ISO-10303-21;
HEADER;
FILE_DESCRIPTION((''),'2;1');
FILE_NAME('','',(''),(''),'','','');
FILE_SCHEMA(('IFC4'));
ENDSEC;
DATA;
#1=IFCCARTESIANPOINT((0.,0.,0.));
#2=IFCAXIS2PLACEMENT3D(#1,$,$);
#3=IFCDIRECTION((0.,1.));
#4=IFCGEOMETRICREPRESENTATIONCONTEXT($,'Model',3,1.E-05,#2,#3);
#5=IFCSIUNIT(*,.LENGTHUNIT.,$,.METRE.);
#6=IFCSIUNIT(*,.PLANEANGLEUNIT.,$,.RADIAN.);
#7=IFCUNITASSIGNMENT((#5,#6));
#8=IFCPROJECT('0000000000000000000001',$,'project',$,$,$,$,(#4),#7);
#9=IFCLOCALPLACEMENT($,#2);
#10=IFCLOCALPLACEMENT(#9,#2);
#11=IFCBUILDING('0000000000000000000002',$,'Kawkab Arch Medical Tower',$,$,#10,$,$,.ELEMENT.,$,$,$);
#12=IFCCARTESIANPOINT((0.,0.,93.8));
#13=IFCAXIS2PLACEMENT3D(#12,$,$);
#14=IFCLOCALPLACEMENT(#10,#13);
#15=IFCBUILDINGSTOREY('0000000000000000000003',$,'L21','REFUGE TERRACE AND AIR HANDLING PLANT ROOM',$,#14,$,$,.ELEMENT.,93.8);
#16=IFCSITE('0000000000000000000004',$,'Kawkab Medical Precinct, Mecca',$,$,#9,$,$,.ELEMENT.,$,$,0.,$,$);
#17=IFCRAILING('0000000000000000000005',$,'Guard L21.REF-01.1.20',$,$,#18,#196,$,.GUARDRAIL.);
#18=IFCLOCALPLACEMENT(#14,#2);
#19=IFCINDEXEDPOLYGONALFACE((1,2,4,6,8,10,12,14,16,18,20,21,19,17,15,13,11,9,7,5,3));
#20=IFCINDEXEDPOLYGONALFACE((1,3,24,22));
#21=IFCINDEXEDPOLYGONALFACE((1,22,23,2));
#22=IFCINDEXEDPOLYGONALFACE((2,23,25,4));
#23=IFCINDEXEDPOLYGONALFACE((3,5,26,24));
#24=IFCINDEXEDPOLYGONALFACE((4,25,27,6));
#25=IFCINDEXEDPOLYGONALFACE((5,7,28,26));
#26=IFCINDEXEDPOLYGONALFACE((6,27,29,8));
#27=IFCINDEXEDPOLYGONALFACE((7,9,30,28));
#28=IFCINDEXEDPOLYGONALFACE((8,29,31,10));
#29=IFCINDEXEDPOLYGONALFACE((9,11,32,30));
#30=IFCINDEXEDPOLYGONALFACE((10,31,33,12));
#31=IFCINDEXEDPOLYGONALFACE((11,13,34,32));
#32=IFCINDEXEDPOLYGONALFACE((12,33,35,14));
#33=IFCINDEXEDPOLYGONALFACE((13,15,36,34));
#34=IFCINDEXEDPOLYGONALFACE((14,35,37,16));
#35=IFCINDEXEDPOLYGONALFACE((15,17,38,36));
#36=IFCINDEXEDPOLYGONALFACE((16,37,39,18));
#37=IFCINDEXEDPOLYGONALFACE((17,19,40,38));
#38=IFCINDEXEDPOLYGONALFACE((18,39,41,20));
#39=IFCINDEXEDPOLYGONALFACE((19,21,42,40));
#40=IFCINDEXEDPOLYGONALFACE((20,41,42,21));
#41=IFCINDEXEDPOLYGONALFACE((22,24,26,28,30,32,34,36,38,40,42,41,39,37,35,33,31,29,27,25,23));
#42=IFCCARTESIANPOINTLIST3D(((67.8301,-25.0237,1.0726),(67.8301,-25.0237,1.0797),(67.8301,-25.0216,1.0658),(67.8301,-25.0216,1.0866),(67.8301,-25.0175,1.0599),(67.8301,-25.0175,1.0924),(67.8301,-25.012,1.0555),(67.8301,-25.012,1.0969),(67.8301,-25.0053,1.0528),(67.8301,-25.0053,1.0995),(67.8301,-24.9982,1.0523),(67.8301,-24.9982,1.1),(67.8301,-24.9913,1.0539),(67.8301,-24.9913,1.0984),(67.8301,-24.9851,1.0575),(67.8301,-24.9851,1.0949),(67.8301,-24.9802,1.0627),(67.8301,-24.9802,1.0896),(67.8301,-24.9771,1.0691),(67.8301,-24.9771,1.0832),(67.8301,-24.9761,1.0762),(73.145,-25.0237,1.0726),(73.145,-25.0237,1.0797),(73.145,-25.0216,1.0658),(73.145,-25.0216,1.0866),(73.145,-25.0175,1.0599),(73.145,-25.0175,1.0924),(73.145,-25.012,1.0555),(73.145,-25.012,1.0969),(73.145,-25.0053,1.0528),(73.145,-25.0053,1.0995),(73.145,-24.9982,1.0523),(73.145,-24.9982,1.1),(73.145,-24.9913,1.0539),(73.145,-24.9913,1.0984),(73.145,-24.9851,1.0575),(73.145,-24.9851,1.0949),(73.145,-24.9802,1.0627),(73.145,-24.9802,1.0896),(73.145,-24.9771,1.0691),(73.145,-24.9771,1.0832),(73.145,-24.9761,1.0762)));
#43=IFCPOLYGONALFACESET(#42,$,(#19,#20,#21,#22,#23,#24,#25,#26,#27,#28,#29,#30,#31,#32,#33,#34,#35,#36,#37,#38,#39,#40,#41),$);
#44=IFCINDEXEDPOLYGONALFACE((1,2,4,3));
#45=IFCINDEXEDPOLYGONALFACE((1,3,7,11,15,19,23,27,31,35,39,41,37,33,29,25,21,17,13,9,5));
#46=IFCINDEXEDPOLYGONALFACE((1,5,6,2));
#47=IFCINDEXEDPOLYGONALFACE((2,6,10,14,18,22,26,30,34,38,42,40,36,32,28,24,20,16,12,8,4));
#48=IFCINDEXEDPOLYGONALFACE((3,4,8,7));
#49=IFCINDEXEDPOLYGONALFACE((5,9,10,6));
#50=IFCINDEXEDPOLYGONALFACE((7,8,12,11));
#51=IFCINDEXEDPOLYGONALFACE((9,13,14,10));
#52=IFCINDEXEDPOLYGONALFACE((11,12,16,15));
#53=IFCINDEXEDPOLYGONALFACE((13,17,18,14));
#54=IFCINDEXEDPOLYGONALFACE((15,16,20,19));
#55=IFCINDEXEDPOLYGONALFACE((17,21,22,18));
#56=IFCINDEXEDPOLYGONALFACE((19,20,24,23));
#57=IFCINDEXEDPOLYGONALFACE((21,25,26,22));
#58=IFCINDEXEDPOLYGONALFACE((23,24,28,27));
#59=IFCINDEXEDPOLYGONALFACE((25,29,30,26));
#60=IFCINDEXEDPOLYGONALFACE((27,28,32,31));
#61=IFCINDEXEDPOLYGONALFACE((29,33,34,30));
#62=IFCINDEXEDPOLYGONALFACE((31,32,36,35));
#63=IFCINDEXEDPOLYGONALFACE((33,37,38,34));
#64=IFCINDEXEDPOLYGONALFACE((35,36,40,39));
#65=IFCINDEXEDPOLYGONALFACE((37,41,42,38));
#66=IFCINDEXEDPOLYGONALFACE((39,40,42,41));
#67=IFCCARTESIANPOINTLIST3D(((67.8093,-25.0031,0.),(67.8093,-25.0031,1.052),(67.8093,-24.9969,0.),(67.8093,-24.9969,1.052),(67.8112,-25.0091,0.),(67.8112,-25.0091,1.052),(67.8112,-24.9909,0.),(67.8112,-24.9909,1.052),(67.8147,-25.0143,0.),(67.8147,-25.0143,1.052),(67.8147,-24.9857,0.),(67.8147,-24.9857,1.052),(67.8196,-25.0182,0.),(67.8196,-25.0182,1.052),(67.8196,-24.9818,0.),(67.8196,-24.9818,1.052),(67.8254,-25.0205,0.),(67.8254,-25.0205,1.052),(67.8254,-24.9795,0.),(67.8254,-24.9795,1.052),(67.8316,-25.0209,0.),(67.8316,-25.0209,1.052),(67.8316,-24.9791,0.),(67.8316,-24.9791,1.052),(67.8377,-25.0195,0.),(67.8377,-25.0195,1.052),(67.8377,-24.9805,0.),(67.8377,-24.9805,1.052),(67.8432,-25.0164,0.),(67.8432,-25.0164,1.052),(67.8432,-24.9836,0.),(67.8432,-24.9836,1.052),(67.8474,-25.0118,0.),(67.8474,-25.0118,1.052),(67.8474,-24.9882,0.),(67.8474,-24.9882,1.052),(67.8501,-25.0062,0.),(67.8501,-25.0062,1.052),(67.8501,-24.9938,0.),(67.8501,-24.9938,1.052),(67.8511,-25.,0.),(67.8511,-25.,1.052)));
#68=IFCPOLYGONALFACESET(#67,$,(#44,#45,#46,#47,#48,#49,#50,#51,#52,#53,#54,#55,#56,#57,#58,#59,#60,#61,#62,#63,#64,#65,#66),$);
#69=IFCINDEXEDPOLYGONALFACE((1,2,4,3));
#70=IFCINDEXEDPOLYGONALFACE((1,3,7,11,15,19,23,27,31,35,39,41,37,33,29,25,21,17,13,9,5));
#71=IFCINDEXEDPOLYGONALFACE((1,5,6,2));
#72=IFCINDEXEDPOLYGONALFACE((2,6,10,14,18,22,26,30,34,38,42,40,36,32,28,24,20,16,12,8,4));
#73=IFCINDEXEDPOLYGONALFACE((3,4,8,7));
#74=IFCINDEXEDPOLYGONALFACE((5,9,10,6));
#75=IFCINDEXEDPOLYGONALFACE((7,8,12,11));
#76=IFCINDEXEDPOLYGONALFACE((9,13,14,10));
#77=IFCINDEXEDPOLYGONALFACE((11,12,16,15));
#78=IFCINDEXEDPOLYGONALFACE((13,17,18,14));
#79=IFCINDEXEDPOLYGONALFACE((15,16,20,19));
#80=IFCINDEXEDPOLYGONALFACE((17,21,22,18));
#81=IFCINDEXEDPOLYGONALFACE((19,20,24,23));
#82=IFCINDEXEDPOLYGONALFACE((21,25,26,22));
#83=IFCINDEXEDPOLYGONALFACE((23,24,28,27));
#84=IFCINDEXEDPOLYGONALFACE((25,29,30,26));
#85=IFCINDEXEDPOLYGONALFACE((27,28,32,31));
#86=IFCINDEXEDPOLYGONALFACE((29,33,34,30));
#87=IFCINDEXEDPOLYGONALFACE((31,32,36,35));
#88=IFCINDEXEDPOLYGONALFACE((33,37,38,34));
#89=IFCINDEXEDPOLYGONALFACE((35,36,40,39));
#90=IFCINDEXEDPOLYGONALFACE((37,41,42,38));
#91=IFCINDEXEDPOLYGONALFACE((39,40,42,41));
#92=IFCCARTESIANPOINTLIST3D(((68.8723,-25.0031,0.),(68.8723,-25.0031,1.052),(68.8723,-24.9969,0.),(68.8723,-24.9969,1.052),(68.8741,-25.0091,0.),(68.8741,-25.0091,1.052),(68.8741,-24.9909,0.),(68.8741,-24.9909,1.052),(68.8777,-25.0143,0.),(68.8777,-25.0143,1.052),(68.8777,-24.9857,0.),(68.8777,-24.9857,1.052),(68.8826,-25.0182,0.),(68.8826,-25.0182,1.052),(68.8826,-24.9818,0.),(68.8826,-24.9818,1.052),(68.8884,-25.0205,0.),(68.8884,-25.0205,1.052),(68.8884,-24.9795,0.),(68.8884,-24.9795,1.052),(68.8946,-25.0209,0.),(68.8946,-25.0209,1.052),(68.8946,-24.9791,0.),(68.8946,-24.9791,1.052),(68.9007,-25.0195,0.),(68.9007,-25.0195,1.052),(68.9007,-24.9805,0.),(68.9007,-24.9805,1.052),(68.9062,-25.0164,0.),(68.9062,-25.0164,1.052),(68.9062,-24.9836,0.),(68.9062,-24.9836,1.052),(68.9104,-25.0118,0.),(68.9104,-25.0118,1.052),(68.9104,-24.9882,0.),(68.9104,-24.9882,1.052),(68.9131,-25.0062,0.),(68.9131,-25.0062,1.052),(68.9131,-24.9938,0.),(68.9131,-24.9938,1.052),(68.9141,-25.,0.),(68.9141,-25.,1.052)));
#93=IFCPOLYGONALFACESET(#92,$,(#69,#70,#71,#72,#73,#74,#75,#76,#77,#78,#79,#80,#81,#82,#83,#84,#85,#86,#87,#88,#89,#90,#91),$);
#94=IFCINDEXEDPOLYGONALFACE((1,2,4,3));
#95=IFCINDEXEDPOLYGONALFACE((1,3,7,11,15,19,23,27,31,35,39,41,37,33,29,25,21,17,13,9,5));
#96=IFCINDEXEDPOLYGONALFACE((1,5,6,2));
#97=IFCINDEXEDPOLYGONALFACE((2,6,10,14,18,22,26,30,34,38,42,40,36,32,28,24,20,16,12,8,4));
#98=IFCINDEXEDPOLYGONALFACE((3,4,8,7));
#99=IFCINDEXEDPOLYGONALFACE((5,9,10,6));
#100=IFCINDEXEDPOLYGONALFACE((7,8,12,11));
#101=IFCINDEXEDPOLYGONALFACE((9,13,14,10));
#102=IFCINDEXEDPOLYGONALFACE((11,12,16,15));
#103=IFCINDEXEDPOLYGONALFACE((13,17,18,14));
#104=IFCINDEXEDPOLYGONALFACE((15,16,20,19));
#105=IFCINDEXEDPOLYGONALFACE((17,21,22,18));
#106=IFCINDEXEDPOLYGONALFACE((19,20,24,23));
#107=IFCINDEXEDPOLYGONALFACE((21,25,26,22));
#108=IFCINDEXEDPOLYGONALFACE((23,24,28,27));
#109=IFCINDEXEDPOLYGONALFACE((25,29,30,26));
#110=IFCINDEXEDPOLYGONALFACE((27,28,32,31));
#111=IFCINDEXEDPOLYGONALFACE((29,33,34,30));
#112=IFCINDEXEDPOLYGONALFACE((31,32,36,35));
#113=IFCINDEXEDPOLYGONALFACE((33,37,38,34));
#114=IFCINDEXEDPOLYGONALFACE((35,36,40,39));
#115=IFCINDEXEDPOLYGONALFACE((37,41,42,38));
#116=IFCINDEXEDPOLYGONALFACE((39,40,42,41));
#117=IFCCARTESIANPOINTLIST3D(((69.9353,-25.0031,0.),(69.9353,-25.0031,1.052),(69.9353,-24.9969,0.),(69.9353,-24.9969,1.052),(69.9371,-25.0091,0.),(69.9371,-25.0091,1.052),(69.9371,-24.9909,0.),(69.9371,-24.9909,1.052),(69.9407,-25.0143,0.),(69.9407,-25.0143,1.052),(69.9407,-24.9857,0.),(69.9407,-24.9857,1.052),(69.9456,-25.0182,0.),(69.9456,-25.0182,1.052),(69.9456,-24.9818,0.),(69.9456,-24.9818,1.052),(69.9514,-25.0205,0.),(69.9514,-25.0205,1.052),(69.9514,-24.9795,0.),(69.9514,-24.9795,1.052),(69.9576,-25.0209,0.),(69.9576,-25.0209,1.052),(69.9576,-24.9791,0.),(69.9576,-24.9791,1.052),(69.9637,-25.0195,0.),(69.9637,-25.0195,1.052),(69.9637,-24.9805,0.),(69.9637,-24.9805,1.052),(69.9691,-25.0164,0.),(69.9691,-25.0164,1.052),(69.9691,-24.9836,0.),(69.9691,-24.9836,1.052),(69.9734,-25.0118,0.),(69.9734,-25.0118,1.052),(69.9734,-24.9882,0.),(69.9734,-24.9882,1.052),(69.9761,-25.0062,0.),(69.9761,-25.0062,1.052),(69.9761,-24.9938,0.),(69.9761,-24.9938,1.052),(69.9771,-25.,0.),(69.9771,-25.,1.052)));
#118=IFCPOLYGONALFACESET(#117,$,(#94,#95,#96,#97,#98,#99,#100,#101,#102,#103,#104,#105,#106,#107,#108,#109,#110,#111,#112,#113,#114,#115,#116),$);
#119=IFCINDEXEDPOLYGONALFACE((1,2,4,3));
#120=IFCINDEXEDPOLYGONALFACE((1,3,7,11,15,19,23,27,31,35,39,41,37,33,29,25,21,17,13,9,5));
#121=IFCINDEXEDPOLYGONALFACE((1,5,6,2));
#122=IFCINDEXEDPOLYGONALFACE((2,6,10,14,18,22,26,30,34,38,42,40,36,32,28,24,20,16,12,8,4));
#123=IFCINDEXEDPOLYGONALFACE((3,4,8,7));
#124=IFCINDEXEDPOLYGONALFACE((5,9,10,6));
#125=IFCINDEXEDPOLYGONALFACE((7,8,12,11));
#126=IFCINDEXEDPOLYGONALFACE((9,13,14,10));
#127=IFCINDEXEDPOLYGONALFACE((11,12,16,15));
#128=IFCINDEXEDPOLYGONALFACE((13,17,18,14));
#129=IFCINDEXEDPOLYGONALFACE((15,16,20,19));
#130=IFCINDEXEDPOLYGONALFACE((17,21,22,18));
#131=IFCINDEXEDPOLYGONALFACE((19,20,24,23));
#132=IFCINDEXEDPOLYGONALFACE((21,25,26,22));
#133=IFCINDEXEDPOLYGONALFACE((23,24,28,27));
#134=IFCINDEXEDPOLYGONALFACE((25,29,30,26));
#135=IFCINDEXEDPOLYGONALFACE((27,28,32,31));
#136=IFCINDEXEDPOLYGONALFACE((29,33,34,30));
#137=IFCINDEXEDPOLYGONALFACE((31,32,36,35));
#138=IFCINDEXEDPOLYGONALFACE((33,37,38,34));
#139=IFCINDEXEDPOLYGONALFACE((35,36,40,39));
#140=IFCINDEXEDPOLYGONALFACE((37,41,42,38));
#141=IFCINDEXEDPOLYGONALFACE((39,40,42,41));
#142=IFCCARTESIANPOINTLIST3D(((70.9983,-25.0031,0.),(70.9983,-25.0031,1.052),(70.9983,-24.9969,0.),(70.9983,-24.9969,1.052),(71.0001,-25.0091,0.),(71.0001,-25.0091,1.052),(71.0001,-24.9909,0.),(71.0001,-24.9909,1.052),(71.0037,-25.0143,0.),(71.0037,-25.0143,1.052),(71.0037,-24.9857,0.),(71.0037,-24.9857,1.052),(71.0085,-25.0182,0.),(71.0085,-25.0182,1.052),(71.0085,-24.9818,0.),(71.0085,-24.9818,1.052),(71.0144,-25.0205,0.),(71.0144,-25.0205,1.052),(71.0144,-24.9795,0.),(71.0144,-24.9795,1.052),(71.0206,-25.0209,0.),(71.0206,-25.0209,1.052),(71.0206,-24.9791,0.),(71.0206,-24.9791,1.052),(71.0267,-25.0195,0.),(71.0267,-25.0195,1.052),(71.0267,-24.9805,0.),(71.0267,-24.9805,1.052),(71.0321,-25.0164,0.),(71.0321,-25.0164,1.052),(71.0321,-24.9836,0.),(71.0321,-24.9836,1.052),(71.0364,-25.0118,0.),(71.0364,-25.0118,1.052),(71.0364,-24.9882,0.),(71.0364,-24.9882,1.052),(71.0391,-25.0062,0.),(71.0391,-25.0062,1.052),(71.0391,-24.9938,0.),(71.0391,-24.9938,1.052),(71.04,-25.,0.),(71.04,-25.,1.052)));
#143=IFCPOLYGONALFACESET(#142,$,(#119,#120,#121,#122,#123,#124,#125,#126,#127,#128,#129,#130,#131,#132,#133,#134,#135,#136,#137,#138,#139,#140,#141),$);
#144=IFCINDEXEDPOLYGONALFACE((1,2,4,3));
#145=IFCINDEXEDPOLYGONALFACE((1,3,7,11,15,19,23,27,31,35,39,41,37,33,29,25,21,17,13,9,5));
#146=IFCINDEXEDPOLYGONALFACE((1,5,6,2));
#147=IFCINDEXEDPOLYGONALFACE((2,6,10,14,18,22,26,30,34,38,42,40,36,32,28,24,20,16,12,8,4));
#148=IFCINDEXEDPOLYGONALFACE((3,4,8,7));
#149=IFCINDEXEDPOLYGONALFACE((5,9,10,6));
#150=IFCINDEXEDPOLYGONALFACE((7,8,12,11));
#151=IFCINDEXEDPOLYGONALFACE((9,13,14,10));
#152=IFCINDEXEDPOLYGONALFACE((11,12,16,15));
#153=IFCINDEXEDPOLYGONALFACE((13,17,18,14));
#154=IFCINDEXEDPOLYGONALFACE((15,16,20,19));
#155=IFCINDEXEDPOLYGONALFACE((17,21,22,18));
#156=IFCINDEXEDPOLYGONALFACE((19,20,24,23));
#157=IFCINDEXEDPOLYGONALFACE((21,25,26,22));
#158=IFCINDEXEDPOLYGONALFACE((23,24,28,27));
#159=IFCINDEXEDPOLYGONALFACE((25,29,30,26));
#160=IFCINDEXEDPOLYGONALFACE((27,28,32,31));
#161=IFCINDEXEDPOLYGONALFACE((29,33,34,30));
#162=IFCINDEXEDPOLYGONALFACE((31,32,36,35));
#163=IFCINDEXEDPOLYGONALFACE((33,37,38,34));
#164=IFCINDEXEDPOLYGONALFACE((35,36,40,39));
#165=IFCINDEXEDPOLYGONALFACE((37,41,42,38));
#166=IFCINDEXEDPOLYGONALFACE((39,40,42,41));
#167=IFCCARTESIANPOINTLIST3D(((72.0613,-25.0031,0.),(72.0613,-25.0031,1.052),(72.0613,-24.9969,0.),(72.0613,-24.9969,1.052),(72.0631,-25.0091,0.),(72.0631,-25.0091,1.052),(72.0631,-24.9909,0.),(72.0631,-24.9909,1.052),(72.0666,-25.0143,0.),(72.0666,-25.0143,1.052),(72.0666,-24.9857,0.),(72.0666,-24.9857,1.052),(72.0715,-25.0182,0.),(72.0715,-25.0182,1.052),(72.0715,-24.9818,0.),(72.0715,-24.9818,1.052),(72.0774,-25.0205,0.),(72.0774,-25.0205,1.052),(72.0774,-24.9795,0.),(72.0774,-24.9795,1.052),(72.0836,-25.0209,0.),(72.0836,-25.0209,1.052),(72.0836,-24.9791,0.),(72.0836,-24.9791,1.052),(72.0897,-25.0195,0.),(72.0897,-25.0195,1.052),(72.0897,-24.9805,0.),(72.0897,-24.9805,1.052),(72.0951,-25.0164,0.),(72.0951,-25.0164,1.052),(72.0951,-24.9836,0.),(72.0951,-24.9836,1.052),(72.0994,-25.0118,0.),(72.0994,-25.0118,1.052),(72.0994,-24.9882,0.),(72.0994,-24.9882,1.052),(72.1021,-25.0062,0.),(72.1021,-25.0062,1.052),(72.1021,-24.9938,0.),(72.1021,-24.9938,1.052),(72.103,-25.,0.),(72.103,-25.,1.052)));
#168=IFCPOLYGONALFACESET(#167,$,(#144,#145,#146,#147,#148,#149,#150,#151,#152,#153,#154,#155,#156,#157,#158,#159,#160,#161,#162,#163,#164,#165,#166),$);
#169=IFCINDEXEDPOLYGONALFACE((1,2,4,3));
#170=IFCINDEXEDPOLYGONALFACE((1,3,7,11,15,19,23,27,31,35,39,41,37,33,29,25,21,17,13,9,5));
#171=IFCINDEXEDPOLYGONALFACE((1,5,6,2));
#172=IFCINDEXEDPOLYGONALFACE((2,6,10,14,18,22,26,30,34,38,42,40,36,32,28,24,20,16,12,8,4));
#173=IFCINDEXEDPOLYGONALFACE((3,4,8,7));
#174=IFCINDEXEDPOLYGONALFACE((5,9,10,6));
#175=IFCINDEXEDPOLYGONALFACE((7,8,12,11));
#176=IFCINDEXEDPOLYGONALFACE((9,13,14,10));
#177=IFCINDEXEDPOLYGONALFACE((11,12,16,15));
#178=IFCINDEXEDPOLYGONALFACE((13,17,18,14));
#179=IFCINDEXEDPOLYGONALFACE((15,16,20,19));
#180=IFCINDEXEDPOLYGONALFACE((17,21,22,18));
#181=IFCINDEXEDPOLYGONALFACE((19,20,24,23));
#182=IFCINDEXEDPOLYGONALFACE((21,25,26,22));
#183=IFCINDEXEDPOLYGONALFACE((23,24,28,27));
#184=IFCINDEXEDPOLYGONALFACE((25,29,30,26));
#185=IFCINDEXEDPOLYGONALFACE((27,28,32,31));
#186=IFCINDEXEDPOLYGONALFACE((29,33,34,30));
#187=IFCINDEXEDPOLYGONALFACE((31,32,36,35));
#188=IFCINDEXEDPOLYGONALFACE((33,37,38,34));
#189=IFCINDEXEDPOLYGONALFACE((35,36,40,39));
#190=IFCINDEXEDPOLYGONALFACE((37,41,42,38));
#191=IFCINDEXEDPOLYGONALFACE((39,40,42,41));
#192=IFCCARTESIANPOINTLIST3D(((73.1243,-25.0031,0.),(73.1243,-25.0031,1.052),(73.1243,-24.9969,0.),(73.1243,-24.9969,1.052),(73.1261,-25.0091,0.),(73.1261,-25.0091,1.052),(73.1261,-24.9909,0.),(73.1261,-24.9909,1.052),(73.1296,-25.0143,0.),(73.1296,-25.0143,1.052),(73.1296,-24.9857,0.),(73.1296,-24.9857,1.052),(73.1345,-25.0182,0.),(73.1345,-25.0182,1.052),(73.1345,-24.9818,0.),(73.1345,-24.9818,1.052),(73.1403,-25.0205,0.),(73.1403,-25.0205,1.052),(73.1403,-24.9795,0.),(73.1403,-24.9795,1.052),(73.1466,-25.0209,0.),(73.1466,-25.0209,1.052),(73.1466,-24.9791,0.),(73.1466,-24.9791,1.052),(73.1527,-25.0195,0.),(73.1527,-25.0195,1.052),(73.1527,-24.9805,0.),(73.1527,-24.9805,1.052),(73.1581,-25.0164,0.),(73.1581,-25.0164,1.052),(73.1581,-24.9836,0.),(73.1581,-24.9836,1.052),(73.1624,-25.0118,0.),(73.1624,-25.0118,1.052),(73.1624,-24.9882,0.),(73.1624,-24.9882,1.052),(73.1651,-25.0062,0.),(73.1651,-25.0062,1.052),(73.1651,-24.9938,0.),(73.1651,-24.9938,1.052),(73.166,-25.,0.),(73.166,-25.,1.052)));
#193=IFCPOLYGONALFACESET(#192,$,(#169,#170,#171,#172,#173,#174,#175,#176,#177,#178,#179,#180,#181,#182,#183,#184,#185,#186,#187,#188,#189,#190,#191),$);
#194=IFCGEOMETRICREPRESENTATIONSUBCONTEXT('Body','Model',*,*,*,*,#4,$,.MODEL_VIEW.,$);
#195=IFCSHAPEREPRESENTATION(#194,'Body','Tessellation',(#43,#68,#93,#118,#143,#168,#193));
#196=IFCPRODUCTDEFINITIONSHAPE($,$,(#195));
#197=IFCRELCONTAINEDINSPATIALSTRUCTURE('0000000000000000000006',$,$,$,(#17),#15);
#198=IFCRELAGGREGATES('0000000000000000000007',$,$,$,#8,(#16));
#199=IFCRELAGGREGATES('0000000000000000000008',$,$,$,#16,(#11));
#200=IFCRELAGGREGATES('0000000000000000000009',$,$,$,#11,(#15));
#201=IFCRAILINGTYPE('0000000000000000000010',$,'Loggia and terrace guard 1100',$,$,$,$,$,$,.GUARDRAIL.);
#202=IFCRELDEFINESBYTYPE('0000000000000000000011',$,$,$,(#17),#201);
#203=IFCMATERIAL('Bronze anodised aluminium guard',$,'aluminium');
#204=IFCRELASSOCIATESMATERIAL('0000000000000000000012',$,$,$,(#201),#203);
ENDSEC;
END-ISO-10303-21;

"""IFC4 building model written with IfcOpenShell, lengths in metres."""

from ifc_helpers import new_model, si_unit, direction, frame, origin, origin_2d, place, context, subcontext, project, spatial, circle, extrude, material, type_object, element, save


model = new_model("IFC4")

# Units and contexts
model_context = context("Model", 3, precision=1e-05, world=origin(), true_north=direction((0.0, 1.0)))
body_context = subcontext(model_context, "Body", "Model", "MODEL_VIEW")
ifc_project = project(units=[si_unit("LENGTHUNIT", "METRE"), si_unit("PLANEANGLEUNIT", "RADIAN")], contexts=[model_context])

# Site, building, storey
site_placement = place(None, origin())
site = spatial("IfcSite", under=ifc_project, at=site_placement, Name="Kawkab Medical Precinct, Mecca", CompositionType="ELEMENT", RefElevation=0.0)
building_placement = place(site_placement, origin())
building = spatial("IfcBuilding", under=site, at=building_placement, Name="Kawkab Arch Medical Tower", CompositionType="ELEMENT")
storey_placement = place(building_placement, frame((0.0, 0.0, 93.8)))
storey = spatial("IfcBuildingStorey", under=building, at=storey_placement, Name="L21", Description="REFUGE TERRACE AND AIR HANDLING PLANT ROOM", CompositionType="ELEMENT", Elevation=93.8)

# Railing
ifc_material_1 = material(Name="Bronze anodised aluminium guard", Category="aluminium")
railing_type = type_object("IfcRailingType", Name="Loggia and terrace guard 1100", PredefinedType="GUARDRAIL", material=ifc_material_1)
railing_1_placement = place(storey_placement, frame((67.8301, -25.0, 0.0)))
element("IfcRailing", 1, at=railing_1_placement, inside=storey, type_object=railing_type, Name="Guard L21.REF-01.1.20", PredefinedType="GUARDRAIL", context=body_context, shape_type="SweptSolid", body=[
    extrude(circle(Radius=0.0239, at=origin_2d()), frame((0.0, 0.0, 1.0762), z_axis=(1.0, 0.0, 0.0), x_axis=(0.0, 1.0, 0.0)), (0.0, 0.0, 1.0), 5.3149),
    extrude(circle(Radius=0.021, at=origin_2d()), origin(), (0.0, 0.0, 1.0), 1.052),
    extrude(circle(Radius=0.021, at=origin_2d()), frame((1.063, 0.0, 0.0)), (0.0, 0.0, 1.0), 1.052),
    extrude(circle(Radius=0.021, at=origin_2d()), frame((2.126, 0.0, 0.0)), (0.0, 0.0, 1.0), 1.052),
    extrude(circle(Radius=0.021, at=origin_2d()), frame((3.189, 0.0, 0.0)), (0.0, 0.0, 1.0), 1.052),
    extrude(circle(Radius=0.021, at=origin_2d()), frame((4.252, 0.0, 0.0)), (0.0, 0.0, 1.0), 1.052),
    extrude(circle(Radius=0.021, at=origin_2d()), frame((5.3149, 0.0, 0.0)), (0.0, 0.0, 1.0), 1.052),
])

save(model, "model.ifc")
